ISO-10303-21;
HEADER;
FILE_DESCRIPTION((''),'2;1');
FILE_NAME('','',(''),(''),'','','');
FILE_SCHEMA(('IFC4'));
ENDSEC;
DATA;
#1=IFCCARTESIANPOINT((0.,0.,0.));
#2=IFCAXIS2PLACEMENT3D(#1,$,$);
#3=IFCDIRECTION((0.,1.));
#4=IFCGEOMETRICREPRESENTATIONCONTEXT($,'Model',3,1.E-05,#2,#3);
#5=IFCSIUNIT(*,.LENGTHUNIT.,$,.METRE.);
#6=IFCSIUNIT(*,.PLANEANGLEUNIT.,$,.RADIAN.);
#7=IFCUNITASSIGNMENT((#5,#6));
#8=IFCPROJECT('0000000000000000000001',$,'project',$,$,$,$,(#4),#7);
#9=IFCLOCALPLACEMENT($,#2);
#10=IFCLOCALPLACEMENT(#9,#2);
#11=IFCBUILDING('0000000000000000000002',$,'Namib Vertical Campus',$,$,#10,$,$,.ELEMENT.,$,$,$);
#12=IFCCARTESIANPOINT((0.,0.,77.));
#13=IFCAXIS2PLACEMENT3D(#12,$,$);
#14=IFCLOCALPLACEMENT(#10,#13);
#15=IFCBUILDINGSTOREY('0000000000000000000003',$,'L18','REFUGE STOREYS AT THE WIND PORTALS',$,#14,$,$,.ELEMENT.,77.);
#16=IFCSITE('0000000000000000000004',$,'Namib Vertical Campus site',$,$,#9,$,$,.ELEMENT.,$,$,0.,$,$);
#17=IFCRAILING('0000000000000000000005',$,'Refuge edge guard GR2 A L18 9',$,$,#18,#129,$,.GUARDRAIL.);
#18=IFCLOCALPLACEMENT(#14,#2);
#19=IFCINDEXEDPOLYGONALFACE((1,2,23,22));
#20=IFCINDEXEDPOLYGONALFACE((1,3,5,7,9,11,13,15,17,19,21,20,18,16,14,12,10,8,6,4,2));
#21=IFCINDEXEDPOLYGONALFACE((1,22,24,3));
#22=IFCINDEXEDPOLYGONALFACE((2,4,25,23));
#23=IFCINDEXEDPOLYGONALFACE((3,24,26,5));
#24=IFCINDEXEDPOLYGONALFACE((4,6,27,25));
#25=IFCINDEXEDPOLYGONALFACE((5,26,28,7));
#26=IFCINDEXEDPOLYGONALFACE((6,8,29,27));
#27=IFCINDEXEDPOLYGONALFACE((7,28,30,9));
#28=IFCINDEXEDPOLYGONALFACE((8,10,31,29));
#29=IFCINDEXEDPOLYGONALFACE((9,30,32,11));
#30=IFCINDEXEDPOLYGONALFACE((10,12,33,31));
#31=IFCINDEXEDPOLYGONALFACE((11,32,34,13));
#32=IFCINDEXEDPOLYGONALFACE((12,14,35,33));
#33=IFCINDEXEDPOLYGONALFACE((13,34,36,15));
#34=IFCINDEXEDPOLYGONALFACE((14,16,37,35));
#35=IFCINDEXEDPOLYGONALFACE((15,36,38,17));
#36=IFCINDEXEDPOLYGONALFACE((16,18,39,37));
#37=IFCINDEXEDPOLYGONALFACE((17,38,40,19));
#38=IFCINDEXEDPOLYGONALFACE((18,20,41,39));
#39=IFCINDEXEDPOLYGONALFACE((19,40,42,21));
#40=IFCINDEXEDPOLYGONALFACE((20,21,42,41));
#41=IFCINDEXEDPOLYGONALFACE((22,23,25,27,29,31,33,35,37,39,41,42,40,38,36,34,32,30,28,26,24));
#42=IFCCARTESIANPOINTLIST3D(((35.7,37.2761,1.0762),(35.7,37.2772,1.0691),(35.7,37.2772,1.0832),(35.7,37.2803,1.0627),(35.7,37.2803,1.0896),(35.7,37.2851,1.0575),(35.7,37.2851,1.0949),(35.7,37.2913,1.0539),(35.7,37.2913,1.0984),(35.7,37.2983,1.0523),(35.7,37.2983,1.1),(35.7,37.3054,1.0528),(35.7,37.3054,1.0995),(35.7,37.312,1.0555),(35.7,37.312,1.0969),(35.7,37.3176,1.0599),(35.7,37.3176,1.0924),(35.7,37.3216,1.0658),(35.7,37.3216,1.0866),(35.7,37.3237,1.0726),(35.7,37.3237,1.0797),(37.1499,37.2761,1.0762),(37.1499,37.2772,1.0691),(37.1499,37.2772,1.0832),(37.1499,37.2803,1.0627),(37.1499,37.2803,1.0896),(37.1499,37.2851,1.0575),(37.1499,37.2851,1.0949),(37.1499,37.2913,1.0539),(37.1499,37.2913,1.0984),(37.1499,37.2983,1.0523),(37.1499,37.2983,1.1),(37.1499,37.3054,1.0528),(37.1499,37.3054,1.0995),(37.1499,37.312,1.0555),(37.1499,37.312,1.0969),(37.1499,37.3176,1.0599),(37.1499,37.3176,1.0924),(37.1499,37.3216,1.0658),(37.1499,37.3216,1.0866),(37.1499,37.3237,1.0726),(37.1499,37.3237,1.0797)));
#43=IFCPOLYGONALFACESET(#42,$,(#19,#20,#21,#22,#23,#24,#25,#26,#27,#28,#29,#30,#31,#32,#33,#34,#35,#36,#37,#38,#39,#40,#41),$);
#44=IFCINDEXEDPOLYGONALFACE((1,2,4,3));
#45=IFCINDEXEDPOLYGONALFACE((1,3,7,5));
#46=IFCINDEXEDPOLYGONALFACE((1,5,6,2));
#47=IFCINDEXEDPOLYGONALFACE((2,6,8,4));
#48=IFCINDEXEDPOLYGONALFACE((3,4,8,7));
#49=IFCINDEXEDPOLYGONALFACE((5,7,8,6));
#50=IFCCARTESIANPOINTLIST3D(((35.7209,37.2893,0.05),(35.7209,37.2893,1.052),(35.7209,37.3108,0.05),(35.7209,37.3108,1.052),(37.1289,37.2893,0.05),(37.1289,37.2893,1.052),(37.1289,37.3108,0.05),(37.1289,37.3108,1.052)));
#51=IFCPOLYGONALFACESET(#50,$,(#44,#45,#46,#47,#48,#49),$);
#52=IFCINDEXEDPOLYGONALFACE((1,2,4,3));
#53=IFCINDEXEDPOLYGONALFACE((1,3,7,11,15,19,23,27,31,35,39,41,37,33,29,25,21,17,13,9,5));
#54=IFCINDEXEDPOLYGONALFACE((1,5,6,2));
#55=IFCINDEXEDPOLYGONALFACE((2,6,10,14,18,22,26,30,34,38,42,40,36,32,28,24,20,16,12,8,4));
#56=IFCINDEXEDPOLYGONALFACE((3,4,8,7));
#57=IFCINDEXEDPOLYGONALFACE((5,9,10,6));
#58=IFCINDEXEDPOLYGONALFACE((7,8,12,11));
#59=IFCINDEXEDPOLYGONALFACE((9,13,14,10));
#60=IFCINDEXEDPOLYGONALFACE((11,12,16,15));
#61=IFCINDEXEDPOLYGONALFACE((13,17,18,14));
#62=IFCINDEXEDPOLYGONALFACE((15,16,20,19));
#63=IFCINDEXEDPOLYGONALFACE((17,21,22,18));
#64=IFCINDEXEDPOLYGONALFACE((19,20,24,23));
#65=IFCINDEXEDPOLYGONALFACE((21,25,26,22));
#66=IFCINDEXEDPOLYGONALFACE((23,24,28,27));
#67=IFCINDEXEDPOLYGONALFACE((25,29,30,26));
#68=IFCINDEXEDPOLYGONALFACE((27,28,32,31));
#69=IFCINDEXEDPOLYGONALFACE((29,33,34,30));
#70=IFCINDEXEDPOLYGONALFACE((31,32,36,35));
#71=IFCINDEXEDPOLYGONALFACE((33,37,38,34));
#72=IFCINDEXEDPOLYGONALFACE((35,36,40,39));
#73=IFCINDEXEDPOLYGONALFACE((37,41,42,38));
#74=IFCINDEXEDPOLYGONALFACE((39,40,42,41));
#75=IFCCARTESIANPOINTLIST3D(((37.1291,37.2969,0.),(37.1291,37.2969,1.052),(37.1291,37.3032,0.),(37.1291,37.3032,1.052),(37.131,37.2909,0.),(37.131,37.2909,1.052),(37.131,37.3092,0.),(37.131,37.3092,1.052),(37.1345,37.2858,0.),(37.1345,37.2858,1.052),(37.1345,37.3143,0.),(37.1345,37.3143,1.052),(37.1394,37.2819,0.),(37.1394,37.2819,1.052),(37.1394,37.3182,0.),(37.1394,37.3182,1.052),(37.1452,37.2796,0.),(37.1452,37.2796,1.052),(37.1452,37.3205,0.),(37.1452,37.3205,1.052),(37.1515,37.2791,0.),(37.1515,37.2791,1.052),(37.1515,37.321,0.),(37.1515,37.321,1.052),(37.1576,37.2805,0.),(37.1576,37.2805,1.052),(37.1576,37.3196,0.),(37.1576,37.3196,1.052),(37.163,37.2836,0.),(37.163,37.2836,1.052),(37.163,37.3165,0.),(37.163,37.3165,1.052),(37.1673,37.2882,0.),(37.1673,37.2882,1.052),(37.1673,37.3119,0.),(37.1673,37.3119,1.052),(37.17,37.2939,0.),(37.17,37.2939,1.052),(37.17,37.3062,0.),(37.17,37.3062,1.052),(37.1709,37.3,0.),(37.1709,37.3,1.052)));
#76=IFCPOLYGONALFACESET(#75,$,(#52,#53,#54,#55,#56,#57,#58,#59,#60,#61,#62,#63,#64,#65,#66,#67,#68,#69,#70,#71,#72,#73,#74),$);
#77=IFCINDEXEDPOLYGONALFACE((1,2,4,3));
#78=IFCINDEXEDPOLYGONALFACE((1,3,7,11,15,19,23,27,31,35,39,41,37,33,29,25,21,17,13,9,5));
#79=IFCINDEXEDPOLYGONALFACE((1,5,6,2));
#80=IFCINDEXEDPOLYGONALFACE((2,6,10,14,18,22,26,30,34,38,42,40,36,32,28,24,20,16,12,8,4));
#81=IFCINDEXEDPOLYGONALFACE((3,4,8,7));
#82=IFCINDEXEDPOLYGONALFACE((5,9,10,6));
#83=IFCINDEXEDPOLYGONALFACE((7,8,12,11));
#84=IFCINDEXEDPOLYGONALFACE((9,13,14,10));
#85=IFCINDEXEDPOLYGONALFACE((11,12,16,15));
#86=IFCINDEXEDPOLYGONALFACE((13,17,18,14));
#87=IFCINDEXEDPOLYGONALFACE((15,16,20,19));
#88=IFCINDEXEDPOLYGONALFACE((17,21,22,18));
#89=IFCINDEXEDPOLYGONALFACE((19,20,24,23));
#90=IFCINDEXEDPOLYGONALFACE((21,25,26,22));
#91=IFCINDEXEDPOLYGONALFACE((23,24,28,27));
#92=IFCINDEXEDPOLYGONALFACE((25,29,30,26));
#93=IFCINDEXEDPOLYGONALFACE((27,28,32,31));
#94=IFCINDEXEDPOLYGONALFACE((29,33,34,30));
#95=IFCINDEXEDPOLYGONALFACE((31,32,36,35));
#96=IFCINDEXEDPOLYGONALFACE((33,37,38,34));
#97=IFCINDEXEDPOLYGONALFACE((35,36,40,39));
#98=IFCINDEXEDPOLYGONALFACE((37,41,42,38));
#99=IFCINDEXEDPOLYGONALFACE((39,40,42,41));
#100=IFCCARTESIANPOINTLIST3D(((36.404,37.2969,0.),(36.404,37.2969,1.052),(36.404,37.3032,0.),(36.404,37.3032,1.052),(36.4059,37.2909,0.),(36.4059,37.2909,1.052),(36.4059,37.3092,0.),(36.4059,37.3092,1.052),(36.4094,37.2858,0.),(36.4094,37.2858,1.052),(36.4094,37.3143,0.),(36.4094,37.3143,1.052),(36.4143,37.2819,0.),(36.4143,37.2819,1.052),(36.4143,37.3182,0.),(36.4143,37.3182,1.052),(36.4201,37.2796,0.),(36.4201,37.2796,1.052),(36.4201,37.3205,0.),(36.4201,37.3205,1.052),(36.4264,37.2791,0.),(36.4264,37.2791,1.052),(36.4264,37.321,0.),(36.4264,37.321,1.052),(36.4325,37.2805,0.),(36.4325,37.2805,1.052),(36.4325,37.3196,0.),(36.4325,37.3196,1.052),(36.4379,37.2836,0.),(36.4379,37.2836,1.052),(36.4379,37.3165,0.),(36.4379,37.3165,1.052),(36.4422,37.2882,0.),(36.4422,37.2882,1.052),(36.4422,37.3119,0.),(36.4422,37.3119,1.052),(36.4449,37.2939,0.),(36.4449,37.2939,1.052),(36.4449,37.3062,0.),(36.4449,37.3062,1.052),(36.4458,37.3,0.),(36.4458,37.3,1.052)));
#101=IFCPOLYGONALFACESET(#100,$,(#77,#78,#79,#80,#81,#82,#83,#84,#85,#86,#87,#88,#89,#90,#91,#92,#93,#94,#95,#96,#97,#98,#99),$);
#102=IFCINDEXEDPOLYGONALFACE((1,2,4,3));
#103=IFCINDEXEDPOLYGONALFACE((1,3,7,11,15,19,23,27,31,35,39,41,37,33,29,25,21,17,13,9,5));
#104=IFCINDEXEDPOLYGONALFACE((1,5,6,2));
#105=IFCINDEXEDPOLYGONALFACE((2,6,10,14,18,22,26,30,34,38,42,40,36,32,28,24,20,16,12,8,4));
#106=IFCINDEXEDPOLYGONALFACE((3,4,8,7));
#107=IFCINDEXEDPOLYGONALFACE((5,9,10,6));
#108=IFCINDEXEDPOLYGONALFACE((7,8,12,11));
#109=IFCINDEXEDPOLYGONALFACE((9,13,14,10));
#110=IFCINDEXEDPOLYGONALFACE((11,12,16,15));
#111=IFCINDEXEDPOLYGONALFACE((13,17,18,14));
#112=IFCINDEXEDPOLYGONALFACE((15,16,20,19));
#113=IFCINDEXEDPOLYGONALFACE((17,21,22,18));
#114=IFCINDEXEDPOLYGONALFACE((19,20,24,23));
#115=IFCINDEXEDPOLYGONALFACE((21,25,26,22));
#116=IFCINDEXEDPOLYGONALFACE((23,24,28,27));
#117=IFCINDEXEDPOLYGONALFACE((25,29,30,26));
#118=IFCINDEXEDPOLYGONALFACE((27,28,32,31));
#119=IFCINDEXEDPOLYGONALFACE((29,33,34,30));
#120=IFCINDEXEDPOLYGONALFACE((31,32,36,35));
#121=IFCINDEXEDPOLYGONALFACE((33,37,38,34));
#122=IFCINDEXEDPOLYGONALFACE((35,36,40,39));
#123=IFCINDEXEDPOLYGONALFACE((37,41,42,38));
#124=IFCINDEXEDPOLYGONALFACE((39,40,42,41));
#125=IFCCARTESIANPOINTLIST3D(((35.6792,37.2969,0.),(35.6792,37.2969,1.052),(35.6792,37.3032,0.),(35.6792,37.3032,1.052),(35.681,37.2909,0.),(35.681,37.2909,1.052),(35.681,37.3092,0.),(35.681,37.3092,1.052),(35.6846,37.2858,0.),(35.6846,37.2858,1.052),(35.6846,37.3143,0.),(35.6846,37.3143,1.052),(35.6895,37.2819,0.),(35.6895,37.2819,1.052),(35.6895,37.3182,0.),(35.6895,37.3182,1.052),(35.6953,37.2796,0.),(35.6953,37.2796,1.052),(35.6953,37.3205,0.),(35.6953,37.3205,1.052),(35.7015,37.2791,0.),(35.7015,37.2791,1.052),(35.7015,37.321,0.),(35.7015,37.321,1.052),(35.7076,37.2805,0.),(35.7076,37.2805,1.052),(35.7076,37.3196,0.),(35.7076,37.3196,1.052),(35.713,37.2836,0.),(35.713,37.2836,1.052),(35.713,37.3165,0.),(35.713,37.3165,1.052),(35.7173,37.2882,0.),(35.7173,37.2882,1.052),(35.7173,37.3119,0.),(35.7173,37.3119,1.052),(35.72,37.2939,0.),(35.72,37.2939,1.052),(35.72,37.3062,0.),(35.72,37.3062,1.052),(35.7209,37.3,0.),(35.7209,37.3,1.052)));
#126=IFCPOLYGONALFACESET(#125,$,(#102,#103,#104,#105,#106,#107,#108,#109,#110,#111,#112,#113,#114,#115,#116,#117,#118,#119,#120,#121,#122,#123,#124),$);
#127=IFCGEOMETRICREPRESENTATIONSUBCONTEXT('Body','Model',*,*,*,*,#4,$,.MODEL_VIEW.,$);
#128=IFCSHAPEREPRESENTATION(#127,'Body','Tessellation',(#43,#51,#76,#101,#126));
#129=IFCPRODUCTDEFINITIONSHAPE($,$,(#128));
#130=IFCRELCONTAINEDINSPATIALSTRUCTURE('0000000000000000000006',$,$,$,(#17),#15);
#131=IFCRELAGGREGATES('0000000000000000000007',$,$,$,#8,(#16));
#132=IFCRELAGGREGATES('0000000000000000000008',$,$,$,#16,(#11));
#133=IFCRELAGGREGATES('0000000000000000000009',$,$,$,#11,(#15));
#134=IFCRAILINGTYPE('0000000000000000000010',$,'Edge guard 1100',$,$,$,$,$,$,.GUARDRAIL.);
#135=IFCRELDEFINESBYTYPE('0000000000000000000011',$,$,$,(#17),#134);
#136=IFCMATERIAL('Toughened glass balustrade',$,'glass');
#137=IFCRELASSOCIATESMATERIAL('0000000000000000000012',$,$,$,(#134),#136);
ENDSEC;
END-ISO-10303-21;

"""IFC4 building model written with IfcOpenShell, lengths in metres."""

from ifc_helpers import new_model, si_unit, direction, frame, origin, origin_2d, place, context, subcontext, project, spatial, polyline, circle, outline, extrude, material, type_object, element, save


model = new_model("IFC4")

# Units and contexts
model_context = context("Model", 3, precision=1e-05, world=origin(), true_north=direction((0.0, 1.0)))
body_context = subcontext(model_context, "Body", "Model", "MODEL_VIEW")
ifc_project = project(units=[si_unit("LENGTHUNIT", "METRE"), si_unit("PLANEANGLEUNIT", "RADIAN")], contexts=[model_context])

# Site, building, storey
site_placement = place(None, origin())
site = spatial("IfcSite", under=ifc_project, at=site_placement, Name="Namib Vertical Campus site", CompositionType="ELEMENT", RefElevation=0.0)
building_placement = place(site_placement, origin())
building = spatial("IfcBuilding", under=site, at=building_placement, Name="Namib Vertical Campus", CompositionType="ELEMENT")
storey_placement = place(building_placement, frame((0.0, 0.0, 77.0)))
storey = spatial("IfcBuildingStorey", under=building, at=storey_placement, Name="L18", Description="REFUGE STOREYS AT THE WIND PORTALS", CompositionType="ELEMENT", Elevation=77.0)

# Railing
ifc_material_1 = material(Name="Toughened glass balustrade", Category="glass")
railing_type = type_object("IfcRailingType", Name="Edge guard 1100", PredefinedType="GUARDRAIL", material=ifc_material_1)
railing_1_placement = place(storey_placement, frame((37.1499, 37.3, 0.0)))
element("IfcRailing", 1, at=railing_1_placement, inside=storey, type_object=railing_type, Name="Refuge edge guard GR2 A L18 9", PredefinedType="GUARDRAIL", context=body_context, shape_type="SweptSolid", body=[
    extrude(circle(Radius=0.0239, at=origin_2d()), frame((0.0, 0.0, 1.0762), z_axis=(-1.0, 0.0, 0.0), x_axis=(0.0, -1.0, 0.0)), (0.0, 0.0, 1.0), 1.45),
    extrude(outline(polyline([(0.021, 0.05), (1.429, 0.05), (1.429, 1.052), (0.021, 1.052), (0.021, 0.05)])), frame((0.0, -0.0107, 0.0), z_axis=(0.0, 1.0, 0.0), x_axis=(-1.0, 0.0, 0.0)), (0.0, 0.0, 1.0), 0.0215),
    extrude(circle(Radius=0.021, at=origin_2d()), origin(), (0.0, 0.0, 1.0), 1.052),
    extrude(circle(Radius=0.021, at=origin_2d()), frame((-0.7251, 0.0, 0.0)), (0.0, 0.0, 1.0), 1.052),
    extrude(circle(Radius=0.021, at=origin_2d()), frame((-1.45, 0.0, 0.0)), (0.0, 0.0, 1.0), 1.052),
])

save(model, "model.ifc")
